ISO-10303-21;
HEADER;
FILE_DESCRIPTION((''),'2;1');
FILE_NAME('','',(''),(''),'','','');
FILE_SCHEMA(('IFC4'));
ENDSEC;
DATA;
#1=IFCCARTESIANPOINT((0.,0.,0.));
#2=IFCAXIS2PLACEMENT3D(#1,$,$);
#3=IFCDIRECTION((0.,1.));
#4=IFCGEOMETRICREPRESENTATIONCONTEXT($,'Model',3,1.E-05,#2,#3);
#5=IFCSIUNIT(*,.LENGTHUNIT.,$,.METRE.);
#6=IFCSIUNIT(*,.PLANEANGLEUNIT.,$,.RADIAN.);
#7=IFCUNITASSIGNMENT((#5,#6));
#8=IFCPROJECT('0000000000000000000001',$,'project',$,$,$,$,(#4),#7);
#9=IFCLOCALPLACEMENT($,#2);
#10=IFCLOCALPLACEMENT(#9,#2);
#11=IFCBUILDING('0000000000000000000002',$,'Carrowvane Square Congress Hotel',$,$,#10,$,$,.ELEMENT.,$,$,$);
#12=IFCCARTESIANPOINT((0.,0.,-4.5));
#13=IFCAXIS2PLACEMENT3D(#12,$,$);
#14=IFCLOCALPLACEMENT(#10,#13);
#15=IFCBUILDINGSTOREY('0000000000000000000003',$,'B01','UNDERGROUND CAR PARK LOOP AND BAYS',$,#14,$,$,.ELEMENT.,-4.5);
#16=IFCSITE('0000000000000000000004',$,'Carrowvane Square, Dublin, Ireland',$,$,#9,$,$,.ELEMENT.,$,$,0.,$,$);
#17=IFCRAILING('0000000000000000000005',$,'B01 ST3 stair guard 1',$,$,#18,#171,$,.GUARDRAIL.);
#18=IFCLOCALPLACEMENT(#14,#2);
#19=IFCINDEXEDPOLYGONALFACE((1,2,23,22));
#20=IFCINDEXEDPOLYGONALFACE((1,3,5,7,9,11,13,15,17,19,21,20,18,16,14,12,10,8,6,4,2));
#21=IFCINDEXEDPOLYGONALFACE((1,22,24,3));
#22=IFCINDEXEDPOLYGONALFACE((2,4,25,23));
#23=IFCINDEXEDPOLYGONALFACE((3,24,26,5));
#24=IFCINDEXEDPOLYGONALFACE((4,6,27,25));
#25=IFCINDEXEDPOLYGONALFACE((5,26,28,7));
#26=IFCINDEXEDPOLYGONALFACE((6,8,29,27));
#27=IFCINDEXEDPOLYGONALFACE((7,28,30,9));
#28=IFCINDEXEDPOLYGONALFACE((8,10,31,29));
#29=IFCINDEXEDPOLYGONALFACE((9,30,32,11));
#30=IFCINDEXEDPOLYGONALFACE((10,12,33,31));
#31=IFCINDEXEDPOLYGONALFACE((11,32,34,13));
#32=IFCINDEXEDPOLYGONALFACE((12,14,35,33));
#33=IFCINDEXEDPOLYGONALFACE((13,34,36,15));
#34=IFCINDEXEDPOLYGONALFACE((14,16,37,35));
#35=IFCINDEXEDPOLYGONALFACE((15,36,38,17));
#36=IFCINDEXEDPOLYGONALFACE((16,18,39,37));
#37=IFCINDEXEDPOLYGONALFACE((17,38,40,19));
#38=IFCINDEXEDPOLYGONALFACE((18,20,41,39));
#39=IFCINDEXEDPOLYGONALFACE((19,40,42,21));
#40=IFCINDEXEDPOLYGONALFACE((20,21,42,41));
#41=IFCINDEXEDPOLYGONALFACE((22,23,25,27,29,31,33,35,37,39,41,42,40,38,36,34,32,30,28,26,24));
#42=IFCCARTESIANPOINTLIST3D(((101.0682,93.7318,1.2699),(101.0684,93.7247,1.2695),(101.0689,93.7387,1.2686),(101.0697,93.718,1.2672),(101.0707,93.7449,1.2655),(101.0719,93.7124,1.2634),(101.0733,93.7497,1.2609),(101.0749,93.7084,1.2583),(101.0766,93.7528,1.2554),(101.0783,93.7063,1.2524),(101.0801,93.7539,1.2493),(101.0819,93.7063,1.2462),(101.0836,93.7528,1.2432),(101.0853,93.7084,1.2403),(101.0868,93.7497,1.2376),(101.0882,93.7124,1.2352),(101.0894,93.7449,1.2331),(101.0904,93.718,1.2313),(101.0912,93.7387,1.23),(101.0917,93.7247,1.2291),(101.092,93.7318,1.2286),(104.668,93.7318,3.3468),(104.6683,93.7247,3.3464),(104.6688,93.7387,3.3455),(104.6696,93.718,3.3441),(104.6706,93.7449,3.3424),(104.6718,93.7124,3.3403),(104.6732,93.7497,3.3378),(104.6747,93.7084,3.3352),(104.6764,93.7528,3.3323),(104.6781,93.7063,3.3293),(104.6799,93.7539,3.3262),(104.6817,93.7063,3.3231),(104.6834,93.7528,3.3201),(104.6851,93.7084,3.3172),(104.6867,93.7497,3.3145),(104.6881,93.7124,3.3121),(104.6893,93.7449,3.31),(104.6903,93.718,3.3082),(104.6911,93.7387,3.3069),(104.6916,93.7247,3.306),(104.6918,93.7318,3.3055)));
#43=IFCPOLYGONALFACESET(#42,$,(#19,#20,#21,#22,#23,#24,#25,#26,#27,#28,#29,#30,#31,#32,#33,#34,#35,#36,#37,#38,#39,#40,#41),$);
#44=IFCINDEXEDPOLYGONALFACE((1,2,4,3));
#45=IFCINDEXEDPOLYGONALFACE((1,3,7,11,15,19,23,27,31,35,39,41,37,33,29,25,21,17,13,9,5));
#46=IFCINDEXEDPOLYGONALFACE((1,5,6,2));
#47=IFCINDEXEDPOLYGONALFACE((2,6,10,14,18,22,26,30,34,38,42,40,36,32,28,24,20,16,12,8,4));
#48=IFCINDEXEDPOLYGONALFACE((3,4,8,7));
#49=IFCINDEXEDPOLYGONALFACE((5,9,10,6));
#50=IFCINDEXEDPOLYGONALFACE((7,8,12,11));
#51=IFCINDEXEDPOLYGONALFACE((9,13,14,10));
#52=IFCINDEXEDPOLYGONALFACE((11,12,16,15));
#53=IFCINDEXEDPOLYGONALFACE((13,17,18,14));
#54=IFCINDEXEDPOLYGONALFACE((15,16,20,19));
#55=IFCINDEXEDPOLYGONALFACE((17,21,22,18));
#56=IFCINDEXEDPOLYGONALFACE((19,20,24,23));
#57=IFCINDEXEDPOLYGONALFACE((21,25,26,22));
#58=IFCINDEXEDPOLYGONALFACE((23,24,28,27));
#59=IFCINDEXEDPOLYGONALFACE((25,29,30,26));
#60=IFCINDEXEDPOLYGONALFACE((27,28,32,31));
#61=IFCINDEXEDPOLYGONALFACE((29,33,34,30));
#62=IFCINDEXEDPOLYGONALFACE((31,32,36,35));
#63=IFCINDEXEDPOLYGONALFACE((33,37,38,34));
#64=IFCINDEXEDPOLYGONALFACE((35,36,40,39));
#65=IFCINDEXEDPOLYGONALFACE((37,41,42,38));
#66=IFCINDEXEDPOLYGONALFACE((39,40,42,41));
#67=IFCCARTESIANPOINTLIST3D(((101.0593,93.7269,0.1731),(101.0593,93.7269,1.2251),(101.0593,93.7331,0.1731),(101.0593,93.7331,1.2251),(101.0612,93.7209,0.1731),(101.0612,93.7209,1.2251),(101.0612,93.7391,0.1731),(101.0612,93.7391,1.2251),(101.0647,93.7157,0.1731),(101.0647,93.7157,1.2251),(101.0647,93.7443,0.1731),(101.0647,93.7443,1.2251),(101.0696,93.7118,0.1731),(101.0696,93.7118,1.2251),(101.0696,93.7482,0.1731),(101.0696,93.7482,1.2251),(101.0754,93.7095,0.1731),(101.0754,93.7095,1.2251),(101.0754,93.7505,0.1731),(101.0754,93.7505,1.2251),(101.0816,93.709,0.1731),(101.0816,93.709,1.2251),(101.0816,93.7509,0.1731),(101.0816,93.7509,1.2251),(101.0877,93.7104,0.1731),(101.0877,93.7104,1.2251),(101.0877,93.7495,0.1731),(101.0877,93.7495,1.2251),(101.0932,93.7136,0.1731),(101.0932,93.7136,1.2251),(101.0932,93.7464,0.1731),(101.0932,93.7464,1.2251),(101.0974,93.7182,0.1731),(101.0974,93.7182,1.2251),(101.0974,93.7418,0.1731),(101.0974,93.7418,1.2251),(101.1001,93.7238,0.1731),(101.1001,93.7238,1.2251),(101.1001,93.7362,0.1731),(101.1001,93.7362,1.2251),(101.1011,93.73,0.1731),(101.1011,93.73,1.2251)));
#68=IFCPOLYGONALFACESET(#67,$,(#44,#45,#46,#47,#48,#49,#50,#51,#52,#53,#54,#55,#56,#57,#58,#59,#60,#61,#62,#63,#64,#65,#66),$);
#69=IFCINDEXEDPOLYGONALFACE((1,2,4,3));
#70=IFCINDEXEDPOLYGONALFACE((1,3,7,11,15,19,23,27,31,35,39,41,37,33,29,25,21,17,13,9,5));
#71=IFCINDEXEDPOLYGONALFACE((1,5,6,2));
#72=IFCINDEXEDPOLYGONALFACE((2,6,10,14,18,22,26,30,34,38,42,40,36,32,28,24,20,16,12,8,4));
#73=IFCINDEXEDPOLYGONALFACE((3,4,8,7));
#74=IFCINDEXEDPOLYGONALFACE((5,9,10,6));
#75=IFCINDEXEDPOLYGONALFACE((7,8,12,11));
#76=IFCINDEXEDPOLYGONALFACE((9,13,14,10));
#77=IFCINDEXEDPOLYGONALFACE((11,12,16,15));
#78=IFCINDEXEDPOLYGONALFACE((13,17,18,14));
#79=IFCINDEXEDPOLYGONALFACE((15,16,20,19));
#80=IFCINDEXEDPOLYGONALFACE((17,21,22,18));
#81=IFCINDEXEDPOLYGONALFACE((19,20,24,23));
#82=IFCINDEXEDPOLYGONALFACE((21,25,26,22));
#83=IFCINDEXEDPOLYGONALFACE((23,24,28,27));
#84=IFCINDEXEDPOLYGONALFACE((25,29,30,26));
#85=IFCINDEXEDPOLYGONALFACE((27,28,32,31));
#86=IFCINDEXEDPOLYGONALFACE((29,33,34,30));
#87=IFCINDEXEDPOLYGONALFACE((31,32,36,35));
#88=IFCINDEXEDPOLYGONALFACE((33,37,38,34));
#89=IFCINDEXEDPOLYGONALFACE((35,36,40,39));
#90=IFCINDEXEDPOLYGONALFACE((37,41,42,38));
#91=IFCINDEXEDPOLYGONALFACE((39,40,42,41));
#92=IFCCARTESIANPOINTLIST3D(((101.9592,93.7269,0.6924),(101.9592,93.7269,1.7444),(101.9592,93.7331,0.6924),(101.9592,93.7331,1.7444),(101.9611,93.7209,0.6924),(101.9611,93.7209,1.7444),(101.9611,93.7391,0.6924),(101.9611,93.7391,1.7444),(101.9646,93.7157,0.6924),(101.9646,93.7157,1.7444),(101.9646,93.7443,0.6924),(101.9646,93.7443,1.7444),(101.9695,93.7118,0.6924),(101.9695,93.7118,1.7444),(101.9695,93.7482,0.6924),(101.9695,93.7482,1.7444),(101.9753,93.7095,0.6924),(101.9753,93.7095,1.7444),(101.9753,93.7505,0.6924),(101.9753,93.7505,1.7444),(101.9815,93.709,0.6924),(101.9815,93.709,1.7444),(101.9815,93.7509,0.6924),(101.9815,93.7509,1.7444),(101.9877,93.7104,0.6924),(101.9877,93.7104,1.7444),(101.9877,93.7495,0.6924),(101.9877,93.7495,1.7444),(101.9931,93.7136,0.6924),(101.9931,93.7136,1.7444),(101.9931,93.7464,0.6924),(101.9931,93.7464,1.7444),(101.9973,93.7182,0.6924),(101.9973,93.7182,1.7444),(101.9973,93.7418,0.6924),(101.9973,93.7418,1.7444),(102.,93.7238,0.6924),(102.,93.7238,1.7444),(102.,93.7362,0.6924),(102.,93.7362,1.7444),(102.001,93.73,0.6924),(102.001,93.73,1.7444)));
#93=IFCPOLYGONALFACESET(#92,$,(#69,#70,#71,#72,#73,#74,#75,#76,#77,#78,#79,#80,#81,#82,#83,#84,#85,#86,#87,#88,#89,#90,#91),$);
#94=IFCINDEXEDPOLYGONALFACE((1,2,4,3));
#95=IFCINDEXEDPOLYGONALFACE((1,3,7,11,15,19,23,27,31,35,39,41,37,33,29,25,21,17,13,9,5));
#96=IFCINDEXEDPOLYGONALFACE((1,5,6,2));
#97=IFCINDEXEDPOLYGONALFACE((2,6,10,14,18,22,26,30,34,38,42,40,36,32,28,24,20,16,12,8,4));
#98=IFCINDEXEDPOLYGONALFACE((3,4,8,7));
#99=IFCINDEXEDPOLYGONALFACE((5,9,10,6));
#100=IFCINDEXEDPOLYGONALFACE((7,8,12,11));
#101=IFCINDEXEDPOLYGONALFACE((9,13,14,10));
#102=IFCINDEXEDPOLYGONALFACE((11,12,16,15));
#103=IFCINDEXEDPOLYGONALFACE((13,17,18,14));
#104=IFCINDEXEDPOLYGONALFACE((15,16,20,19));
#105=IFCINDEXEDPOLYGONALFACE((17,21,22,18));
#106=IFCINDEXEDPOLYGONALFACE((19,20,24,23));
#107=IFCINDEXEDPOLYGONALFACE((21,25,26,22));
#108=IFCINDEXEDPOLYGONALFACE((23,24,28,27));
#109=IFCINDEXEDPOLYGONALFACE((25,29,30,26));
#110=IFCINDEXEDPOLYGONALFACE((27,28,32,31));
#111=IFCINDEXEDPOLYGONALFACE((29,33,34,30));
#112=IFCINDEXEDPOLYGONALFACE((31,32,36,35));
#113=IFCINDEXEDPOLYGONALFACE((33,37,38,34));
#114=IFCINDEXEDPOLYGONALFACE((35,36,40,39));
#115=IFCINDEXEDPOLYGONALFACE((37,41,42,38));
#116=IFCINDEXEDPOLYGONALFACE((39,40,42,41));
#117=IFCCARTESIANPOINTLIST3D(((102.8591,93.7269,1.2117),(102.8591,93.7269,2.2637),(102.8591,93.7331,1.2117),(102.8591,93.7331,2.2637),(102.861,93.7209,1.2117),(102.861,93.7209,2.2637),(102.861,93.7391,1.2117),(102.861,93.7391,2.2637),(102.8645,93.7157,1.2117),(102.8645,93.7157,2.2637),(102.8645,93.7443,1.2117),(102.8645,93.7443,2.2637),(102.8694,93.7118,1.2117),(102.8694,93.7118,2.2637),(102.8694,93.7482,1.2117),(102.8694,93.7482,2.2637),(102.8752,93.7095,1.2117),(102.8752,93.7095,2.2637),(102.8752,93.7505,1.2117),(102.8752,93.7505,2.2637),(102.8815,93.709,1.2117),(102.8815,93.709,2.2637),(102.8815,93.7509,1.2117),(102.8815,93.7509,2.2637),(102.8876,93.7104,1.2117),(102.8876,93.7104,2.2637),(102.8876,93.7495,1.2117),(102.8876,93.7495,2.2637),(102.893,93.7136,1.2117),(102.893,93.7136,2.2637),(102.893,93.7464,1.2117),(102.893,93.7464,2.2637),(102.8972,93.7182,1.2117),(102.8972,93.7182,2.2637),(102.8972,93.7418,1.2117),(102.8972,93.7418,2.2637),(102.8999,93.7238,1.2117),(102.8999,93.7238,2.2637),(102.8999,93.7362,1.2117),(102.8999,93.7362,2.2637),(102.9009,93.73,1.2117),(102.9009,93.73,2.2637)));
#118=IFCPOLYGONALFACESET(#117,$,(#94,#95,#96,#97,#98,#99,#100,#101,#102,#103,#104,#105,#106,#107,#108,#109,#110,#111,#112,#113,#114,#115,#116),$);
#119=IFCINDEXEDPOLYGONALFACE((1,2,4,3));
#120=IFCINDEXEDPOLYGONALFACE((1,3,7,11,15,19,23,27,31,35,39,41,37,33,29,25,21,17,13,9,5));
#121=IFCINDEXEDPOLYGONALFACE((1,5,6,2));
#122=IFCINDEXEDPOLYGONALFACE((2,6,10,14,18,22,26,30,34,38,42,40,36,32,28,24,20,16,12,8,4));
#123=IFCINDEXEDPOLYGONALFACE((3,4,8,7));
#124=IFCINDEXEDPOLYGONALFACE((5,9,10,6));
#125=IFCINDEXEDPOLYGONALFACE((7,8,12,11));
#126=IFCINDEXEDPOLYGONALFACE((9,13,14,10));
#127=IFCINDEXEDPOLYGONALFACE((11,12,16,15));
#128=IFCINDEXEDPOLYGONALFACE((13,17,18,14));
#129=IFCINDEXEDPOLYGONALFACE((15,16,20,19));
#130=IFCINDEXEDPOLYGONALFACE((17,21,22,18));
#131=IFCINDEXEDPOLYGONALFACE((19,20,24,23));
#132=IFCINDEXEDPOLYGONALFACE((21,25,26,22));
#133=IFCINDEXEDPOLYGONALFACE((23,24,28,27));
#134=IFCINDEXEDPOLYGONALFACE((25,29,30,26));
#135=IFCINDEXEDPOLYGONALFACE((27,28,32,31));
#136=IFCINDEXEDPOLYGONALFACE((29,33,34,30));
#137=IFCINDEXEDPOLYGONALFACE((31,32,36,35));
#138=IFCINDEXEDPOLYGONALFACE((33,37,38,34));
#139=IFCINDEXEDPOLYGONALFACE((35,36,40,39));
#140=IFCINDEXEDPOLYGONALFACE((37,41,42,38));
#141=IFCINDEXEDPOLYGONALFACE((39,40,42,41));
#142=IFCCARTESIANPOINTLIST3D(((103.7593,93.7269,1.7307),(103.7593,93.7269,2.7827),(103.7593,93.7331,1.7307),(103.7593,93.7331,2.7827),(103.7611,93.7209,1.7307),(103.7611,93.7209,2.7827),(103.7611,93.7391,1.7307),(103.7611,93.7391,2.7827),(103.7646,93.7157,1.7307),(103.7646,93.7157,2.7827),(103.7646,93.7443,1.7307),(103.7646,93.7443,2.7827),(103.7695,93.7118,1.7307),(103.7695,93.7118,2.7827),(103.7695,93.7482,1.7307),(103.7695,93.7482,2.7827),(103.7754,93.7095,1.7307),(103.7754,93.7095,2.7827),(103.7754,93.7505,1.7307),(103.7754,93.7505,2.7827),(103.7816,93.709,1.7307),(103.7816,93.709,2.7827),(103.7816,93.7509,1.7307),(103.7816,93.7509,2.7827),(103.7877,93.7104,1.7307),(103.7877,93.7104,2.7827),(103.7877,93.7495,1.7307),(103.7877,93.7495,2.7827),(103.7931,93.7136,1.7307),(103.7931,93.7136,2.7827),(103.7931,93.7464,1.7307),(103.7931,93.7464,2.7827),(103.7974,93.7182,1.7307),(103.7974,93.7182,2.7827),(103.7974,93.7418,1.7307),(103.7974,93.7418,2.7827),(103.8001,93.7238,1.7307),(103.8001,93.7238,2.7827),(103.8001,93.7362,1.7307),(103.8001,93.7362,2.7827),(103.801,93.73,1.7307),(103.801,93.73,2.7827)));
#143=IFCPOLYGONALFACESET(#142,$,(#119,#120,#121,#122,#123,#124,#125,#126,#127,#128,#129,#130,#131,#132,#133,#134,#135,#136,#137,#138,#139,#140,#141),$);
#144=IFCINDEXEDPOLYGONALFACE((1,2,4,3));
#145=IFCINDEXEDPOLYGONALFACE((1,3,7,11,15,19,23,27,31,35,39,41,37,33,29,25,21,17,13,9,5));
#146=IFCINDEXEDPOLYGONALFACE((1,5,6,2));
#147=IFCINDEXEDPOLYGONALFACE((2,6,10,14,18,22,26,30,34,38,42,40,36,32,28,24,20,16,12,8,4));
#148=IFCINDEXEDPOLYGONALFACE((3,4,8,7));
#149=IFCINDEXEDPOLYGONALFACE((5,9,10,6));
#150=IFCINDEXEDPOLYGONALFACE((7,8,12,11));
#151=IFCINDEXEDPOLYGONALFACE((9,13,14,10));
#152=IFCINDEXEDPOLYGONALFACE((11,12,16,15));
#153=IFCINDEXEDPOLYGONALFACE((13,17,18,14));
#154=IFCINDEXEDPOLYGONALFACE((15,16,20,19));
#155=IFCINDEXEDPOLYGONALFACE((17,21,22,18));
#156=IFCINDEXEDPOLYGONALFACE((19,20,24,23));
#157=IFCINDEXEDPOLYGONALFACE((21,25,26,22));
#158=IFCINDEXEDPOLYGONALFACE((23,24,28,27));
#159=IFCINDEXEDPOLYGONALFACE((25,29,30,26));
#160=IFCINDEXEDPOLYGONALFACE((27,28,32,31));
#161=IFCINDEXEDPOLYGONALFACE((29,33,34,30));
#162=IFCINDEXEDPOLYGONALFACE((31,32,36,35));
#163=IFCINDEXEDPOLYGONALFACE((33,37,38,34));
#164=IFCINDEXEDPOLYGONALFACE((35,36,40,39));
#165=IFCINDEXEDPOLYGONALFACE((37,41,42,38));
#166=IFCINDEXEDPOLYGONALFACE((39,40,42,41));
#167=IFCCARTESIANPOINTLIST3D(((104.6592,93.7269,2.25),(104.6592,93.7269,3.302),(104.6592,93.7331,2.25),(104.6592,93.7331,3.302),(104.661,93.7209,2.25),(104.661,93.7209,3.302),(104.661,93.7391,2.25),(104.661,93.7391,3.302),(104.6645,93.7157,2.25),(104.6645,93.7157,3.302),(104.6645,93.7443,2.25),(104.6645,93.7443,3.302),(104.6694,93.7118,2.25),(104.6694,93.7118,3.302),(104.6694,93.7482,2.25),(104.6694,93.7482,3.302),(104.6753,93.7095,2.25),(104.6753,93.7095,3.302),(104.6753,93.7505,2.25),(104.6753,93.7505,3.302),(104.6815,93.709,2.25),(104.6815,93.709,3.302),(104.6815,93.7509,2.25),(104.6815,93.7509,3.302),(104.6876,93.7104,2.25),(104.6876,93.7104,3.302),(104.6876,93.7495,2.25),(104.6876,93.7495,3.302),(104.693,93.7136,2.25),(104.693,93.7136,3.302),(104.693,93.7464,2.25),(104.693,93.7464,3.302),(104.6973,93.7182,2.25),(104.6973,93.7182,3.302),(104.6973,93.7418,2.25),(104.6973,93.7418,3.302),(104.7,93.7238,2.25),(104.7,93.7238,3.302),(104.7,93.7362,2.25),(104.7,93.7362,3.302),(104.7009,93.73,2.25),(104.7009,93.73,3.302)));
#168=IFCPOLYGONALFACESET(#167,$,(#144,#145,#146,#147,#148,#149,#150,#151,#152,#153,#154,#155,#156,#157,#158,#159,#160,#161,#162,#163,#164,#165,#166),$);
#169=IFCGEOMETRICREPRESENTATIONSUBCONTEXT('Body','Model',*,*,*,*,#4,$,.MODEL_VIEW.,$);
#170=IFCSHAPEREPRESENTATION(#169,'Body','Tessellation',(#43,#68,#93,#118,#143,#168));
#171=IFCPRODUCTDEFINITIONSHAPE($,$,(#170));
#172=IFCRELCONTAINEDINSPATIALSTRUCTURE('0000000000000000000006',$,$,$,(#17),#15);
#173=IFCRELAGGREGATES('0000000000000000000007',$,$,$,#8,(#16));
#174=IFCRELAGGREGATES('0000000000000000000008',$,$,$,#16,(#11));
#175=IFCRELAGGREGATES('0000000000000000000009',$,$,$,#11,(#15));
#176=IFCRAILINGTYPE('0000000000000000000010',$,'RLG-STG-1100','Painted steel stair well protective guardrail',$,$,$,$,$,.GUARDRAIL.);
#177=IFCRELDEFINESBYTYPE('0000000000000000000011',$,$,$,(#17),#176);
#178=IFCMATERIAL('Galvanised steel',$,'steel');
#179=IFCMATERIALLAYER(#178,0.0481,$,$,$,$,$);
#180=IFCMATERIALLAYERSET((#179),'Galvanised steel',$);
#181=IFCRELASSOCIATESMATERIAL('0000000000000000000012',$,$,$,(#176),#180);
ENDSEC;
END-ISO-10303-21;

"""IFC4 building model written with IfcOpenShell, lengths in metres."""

from ifc_helpers import new_model, si_unit, direction, frame, origin, origin_2d, place, context, subcontext, project, spatial, circle, extrude, material, layer, layer_set, type_object, element, save


model = new_model("IFC4")

# Units and contexts
model_context = context("Model", 3, precision=1e-05, world=origin(), true_north=direction((0.0, 1.0)))
body_context = subcontext(model_context, "Body", "Model", "MODEL_VIEW")
ifc_project = project(units=[si_unit("LENGTHUNIT", "METRE"), si_unit("PLANEANGLEUNIT", "RADIAN")], contexts=[model_context])

# Site, building, storey
site_placement = place(None, origin())
site = spatial("IfcSite", under=ifc_project, at=site_placement, Name="Carrowvane Square, Dublin, Ireland", CompositionType="ELEMENT", RefElevation=0.0)
building_placement = place(site_placement, origin())
building = spatial("IfcBuilding", under=site, at=building_placement, Name="Carrowvane Square Congress Hotel", CompositionType="ELEMENT")
storey_placement = place(building_placement, frame((0.0, 0.0, -4.5)))
storey = spatial("IfcBuildingStorey", under=building, at=storey_placement, Name="B01", Description="UNDERGROUND CAR PARK LOOP AND BAYS", CompositionType="ELEMENT", Elevation=-4.5)

# Railing
ifc_material_1 = material(Name="Galvanised steel", Category="steel")
ifc_layer_1 = layer(ifc_material_1, 0.0481)
ifc_layer_set_1 = layer_set([ifc_layer_1], Name="Galvanised steel")
railing_type_1 = type_object("IfcRailingType", Name="RLG-STG-1100", Description="Painted steel stair well protective guardrail", PredefinedType="GUARDRAIL", material=ifc_layer_set_1)
railing_1_placement = place(storey_placement, frame((101.0801, 93.73, 0.1731)))
element("IfcRailing", 1, at=railing_1_placement, inside=storey, type_object=railing_type_1, Name="B01 ST3 stair guard 1", PredefinedType="GUARDRAIL", context=body_context, shape_type="SweptSolid", body=[
    extrude(circle(Radius=0.0239, at=origin_2d()), frame((0.0, 0.0, 1.0762), z_axis=(0.866179, 0.0, 0.499734), x_axis=(0.0, 1.0, 0.0)), (0.0, 0.0, 1.0), 4.156),
    extrude(circle(Radius=0.021, at=origin_2d()), origin(), (0.0, 0.0, 1.0), 1.052),
    extrude(circle(Radius=0.021, at=origin_2d()), frame((0.8999, 0.0, 0.5193)), (0.0, 0.0, 1.0), 1.052),
    extrude(circle(Radius=0.021, at=origin_2d()), frame((1.7998, 0.0, 1.0386)), (0.0, 0.0, 1.0), 1.052),
    extrude(circle(Radius=0.021, at=origin_2d()), frame((2.7, 0.0, 1.5576)), (0.0, 0.0, 1.0), 1.052),
    extrude(circle(Radius=0.021, at=origin_2d()), frame((3.5999, 0.0, 2.0769)), (0.0, 0.0, 1.0), 1.052),
])

save(model, "model.ifc")
